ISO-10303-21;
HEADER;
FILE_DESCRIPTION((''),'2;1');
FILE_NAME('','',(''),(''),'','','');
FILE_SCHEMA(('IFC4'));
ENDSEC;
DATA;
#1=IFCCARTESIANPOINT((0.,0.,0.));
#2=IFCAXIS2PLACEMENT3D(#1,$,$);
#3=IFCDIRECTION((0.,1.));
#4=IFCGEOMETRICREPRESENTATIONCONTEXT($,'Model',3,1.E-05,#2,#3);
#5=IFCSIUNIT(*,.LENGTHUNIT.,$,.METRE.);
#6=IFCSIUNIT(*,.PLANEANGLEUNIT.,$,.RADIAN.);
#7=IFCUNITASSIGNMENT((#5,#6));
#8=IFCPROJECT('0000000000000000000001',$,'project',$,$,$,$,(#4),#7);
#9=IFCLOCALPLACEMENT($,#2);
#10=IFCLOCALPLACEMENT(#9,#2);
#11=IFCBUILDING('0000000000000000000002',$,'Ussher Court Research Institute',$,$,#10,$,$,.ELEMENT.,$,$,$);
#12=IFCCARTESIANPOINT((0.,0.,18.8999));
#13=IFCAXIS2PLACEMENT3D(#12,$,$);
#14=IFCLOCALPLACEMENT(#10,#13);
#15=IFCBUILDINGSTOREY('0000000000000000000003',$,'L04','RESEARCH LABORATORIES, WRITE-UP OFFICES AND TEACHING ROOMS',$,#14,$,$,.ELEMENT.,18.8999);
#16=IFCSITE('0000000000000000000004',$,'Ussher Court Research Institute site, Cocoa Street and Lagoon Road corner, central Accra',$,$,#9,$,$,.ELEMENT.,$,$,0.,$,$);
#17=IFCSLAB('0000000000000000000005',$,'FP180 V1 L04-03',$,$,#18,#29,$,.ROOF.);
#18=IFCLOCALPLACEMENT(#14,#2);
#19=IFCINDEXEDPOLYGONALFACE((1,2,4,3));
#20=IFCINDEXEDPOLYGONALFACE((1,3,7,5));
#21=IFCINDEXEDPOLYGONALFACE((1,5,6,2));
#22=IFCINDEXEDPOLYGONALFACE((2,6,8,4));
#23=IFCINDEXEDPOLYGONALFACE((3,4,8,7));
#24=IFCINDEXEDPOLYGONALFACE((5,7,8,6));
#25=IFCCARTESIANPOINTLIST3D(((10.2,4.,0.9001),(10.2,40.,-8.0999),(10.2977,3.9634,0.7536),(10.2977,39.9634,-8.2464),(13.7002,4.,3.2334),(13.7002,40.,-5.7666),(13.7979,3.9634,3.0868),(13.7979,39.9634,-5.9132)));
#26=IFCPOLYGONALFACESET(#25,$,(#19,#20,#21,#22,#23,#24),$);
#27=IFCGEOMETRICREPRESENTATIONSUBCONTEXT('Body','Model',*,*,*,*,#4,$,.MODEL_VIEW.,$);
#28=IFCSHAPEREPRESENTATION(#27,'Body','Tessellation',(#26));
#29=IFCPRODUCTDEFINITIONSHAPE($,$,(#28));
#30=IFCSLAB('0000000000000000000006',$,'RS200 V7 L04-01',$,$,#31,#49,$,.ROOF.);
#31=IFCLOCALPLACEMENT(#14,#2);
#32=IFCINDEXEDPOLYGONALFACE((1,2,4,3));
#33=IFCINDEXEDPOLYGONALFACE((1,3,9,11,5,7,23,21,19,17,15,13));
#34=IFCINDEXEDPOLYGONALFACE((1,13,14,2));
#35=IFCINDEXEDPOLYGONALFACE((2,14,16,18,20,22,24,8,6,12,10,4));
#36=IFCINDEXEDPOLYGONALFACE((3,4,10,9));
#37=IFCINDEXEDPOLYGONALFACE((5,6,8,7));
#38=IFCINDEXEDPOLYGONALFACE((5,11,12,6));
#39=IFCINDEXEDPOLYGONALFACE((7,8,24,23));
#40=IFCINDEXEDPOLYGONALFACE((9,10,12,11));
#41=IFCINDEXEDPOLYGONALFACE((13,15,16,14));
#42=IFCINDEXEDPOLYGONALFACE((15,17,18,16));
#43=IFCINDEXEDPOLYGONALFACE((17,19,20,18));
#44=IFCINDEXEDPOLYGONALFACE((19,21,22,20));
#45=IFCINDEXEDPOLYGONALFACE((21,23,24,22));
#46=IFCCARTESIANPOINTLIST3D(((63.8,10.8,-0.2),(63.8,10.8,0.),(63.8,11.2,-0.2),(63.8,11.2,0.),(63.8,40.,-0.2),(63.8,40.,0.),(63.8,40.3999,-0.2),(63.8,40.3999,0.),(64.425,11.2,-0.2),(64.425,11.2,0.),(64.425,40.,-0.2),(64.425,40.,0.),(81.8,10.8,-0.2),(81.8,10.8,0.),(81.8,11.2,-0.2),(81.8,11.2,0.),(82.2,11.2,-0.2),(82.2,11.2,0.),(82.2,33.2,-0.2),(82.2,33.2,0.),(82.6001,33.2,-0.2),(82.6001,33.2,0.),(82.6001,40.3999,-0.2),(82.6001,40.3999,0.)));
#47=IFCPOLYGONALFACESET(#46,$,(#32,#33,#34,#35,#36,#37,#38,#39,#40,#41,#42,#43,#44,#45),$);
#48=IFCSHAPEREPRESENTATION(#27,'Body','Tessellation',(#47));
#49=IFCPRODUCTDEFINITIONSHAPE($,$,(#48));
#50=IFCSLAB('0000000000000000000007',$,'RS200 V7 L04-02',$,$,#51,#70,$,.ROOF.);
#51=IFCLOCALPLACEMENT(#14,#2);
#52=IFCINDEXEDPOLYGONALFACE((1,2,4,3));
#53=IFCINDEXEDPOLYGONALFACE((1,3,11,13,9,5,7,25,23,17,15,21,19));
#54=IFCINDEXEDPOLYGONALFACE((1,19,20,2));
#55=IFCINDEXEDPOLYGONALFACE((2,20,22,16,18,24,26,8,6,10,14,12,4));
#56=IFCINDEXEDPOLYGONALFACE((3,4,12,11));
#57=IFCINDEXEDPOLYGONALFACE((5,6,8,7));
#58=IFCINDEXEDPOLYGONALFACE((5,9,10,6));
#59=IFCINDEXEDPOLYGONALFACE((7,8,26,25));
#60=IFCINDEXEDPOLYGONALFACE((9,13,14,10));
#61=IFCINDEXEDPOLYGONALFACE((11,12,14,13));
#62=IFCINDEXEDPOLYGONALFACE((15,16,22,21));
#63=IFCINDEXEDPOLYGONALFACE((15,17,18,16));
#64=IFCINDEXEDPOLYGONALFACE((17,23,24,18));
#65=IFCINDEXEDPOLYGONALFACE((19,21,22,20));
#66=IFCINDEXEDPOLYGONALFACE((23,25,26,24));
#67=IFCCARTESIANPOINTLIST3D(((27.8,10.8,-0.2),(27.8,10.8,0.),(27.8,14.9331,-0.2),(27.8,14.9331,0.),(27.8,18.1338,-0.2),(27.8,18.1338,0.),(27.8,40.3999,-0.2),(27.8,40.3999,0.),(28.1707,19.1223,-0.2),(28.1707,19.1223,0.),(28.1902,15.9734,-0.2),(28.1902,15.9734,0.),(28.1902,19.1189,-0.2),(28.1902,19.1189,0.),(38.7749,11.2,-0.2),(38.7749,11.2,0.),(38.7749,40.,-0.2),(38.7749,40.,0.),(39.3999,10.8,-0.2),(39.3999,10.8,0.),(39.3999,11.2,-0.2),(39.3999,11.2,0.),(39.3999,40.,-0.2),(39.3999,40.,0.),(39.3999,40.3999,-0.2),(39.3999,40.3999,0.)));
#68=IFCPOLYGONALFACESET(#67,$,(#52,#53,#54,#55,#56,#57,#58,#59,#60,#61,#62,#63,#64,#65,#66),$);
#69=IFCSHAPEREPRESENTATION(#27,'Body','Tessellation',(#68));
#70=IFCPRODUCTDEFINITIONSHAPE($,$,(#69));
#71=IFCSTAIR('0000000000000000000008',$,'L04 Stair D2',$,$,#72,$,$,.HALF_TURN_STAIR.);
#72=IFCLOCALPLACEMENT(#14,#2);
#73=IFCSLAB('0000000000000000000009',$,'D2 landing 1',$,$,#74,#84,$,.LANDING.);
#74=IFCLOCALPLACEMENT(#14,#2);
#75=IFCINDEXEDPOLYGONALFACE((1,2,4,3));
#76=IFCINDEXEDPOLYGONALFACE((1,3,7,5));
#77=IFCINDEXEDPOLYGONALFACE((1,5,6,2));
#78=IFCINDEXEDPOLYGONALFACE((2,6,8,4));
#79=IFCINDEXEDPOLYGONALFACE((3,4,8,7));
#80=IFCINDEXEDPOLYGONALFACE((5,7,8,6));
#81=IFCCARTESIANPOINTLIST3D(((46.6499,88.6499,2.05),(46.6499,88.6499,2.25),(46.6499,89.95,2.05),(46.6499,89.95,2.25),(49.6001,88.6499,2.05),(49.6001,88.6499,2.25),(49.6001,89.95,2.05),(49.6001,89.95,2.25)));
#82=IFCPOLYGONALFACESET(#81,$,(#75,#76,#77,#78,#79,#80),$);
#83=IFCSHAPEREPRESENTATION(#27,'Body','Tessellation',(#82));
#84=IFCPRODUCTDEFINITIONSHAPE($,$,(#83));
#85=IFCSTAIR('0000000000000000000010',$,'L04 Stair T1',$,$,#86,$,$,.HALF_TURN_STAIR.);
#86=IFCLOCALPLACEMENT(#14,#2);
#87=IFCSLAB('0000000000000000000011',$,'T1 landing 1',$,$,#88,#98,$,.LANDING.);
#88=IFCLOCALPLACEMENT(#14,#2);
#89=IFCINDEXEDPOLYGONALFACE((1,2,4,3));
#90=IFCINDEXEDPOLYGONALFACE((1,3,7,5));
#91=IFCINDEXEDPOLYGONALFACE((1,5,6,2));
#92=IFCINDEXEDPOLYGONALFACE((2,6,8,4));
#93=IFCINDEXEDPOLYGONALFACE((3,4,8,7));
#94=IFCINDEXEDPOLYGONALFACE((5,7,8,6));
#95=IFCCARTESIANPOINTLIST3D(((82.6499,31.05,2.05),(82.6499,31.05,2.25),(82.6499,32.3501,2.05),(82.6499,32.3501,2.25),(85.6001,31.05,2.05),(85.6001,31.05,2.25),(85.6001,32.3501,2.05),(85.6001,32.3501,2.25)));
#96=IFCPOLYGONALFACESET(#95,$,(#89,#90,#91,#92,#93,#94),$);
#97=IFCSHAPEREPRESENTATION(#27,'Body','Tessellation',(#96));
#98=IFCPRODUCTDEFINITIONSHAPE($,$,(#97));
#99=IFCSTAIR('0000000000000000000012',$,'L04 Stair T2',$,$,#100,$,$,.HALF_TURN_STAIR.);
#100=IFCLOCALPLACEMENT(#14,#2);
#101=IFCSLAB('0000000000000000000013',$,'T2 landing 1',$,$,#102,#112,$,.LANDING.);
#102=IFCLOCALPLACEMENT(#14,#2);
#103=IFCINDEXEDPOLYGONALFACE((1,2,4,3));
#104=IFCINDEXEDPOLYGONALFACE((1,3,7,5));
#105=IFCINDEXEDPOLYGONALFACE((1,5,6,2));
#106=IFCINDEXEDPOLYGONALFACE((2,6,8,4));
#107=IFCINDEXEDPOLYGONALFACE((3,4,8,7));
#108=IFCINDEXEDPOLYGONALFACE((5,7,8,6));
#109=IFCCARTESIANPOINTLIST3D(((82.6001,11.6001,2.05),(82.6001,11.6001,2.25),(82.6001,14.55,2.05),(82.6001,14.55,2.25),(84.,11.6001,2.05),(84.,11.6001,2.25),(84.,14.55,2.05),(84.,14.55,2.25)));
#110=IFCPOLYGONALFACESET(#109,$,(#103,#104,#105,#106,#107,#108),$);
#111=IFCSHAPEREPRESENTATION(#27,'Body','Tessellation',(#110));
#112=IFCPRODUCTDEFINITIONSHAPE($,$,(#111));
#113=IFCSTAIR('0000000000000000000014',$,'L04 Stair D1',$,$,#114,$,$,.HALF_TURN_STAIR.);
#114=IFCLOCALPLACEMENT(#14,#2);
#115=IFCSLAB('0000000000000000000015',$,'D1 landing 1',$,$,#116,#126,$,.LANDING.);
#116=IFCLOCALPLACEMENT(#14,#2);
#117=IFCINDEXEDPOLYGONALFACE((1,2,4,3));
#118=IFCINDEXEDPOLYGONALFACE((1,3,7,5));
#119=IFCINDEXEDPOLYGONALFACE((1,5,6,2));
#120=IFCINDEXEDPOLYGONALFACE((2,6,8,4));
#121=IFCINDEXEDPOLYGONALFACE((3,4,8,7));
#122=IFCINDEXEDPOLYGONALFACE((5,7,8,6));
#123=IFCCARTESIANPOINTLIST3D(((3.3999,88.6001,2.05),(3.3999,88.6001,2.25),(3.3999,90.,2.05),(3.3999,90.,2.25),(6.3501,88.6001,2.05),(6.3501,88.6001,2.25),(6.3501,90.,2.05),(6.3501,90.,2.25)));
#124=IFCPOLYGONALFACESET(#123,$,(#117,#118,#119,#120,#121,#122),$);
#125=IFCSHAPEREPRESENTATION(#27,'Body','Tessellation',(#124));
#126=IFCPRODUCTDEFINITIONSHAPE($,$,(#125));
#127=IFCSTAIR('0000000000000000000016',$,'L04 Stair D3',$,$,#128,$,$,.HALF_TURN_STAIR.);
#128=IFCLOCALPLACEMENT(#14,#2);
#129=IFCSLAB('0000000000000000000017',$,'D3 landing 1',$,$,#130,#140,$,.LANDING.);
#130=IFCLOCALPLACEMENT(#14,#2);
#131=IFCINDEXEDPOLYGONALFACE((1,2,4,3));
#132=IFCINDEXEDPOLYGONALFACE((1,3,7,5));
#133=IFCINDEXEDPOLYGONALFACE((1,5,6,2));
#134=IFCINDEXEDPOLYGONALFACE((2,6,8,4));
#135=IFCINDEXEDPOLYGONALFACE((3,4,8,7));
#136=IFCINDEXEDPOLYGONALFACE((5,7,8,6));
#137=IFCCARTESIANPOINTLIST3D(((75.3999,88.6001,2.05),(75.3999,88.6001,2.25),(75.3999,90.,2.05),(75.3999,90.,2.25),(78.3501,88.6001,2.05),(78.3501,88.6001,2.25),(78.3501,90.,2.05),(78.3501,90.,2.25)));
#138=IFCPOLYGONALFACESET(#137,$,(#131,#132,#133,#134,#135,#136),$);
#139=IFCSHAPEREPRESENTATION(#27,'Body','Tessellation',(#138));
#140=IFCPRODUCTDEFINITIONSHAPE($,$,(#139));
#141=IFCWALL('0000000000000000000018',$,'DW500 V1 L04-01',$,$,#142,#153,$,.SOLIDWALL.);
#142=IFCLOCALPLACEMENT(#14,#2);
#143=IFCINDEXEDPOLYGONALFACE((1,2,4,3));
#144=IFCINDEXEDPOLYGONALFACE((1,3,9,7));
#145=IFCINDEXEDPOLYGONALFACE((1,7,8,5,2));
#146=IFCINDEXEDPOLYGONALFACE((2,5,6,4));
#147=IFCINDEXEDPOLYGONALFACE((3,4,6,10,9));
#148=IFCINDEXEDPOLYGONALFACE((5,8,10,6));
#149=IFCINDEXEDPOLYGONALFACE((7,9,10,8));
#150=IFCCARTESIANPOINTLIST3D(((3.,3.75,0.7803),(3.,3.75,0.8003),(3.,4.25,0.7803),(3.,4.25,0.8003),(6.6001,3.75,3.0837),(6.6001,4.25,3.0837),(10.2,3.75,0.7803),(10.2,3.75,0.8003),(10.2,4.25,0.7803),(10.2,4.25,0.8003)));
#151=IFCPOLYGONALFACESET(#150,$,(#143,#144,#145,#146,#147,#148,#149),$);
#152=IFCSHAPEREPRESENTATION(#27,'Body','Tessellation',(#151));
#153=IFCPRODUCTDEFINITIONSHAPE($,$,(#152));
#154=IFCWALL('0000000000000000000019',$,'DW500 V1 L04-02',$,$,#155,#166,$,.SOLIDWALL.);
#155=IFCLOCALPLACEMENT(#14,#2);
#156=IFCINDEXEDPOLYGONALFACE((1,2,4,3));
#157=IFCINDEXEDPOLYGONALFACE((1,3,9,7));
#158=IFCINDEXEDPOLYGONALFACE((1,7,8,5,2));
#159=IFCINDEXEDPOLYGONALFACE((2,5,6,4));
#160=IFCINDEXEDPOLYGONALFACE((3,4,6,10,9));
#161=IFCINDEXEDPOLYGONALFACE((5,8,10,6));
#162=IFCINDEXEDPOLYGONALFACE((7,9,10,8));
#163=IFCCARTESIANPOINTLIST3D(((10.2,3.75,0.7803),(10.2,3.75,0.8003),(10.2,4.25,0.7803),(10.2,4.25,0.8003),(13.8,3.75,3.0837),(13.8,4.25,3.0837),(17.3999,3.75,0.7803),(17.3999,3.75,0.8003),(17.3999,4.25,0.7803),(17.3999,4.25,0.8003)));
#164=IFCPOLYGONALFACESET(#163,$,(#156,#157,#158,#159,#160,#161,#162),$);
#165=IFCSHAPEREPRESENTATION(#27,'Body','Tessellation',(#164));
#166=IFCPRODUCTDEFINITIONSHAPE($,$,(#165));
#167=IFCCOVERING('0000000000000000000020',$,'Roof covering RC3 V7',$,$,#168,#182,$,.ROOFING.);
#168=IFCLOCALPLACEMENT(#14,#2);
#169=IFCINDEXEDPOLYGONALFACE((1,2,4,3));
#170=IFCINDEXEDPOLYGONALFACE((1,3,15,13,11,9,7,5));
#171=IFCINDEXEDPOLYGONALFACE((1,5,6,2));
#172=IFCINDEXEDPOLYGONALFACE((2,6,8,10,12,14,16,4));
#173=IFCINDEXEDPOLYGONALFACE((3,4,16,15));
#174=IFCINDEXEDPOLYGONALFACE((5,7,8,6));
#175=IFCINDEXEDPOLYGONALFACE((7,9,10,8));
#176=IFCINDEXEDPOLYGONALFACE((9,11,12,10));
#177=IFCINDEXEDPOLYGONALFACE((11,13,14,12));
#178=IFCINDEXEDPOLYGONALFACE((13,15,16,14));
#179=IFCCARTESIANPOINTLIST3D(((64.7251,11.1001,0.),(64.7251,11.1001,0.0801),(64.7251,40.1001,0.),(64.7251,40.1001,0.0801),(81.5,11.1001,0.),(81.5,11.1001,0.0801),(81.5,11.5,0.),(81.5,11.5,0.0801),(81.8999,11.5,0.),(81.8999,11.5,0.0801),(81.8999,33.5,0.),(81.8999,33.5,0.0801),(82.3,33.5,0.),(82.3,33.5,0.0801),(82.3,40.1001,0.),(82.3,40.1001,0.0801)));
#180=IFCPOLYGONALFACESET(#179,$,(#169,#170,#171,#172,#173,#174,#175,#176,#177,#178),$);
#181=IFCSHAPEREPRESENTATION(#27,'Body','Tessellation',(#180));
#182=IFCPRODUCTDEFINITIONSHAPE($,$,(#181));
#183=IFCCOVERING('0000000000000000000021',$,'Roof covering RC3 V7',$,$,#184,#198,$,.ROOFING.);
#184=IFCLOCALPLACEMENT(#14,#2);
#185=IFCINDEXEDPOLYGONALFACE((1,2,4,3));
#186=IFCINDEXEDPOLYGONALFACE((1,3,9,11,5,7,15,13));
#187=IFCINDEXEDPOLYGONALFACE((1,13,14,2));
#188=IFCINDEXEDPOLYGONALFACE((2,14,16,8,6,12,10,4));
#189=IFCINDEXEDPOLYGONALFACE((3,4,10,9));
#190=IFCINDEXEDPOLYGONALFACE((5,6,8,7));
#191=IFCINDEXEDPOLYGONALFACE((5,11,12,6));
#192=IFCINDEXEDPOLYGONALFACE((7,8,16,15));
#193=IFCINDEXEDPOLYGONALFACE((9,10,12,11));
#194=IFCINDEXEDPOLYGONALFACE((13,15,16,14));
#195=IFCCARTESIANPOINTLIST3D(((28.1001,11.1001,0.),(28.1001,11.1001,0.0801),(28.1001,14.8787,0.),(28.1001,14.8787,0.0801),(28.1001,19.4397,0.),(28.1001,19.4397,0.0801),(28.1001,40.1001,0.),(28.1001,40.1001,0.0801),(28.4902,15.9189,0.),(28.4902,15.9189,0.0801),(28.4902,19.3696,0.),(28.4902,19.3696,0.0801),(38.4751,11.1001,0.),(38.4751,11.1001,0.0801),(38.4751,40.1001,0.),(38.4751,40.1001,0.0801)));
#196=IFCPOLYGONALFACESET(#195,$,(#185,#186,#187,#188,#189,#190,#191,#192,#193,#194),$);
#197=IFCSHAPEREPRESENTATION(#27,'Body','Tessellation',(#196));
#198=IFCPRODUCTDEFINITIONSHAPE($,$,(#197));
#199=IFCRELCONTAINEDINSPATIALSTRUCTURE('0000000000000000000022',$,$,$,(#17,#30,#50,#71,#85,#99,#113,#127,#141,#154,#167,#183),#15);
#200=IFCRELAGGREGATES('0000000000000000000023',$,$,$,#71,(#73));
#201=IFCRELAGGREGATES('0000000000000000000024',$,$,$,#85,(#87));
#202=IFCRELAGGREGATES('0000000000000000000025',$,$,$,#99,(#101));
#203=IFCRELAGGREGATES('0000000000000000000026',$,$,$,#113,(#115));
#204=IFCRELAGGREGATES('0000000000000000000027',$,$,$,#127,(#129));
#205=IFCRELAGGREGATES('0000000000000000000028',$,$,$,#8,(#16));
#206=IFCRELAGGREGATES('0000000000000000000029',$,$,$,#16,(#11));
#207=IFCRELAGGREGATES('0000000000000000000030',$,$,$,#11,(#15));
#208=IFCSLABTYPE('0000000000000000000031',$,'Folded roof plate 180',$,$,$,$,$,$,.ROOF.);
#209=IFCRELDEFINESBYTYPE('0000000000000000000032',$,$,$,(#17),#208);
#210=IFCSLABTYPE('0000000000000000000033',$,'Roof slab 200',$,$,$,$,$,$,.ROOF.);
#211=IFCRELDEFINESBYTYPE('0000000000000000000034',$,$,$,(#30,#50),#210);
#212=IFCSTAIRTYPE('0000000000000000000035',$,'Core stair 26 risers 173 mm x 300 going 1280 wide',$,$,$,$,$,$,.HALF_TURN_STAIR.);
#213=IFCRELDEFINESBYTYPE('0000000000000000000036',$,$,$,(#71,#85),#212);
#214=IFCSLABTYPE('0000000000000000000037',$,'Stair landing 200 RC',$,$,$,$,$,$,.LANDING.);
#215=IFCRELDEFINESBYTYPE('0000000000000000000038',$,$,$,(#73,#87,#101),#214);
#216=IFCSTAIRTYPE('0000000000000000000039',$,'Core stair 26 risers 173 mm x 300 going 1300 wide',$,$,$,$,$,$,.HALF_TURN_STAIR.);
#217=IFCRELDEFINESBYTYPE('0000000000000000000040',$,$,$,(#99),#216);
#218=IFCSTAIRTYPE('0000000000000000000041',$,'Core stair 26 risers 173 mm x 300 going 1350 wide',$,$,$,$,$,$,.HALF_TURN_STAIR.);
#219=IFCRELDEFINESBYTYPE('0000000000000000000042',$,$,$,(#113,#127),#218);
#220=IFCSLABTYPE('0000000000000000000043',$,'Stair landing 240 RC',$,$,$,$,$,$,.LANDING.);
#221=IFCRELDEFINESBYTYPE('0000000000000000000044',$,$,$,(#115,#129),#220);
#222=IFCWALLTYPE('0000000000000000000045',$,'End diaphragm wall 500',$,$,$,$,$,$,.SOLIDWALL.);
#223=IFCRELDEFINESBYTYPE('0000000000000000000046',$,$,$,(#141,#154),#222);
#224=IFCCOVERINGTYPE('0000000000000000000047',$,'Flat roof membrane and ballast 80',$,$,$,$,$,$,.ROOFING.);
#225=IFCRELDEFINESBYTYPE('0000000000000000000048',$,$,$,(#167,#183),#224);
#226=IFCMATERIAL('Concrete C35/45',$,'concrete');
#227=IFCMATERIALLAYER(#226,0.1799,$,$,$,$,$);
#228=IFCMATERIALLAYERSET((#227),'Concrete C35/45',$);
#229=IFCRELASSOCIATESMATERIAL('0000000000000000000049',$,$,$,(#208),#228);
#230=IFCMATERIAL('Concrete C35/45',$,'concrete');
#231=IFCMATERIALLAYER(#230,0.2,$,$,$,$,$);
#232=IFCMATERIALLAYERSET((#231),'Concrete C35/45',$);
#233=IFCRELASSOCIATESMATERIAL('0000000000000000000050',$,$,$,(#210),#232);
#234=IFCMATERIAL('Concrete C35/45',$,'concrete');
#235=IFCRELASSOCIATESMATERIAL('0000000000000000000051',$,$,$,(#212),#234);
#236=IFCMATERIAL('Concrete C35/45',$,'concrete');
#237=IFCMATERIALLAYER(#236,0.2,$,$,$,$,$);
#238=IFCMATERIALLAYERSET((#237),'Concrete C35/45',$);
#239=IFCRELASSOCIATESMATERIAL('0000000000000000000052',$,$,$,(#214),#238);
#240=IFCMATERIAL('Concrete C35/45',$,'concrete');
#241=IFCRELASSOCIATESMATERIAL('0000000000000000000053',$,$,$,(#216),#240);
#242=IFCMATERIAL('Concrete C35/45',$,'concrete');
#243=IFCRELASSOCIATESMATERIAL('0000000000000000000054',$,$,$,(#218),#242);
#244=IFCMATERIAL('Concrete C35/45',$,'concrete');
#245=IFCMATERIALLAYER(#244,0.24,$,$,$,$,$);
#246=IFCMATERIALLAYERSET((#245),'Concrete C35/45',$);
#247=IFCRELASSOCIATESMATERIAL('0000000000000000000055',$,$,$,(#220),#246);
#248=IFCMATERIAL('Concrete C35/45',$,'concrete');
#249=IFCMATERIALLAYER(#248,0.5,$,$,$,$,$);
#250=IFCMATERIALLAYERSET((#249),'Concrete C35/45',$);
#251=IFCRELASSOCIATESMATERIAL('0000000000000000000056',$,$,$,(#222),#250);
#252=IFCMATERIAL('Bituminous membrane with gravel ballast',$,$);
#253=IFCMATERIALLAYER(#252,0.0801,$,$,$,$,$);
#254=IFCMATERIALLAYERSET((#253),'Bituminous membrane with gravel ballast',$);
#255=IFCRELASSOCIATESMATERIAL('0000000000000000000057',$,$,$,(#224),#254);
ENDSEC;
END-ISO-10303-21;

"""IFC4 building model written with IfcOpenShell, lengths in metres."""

from ifc_helpers import new_model, si_unit, direction, frame, origin, place, context, subcontext, project, spatial, polyline, outline, extrude, material, layer, layer_set, type_object, element, aggregate, save


model = new_model("IFC4")

# Units and contexts
model_context = context("Model", 3, precision=1e-05, world=origin(), true_north=direction((0.0, 1.0)))
body_context = subcontext(model_context, "Body", "Model", "MODEL_VIEW")
ifc_project = project(units=[si_unit("LENGTHUNIT", "METRE"), si_unit("PLANEANGLEUNIT", "RADIAN")], contexts=[model_context])

# Site, building, storey
site_placement = place(None, origin())
site = spatial("IfcSite", under=ifc_project, at=site_placement, Name="Ussher Court Research Institute site, Cocoa Street and Lagoon Road corner, central Accra", CompositionType="ELEMENT", RefElevation=0.0)
building_placement = place(site_placement, origin())
building = spatial("IfcBuilding", under=site, at=building_placement, Name="Ussher Court Research Institute", CompositionType="ELEMENT")
storey_placement = place(building_placement, frame((0.0, 0.0, 18.8999)))
storey = spatial("IfcBuildingStorey", under=building, at=storey_placement, Name="L04", Description="RESEARCH LABORATORIES, WRITE-UP OFFICES AND TEACHING ROOMS", CompositionType="ELEMENT", Elevation=18.8999)

# Slabs
ifc_material_1 = material(Name="Concrete C35/45", Category="concrete")
ifc_layer_1 = layer(ifc_material_1, 0.1799)
ifc_layer_set_1 = layer_set([ifc_layer_1], Name="Concrete C35/45")
slab_type_1 = type_object("IfcSlabType", Name="Folded roof plate 180", PredefinedType="ROOF", material=ifc_layer_set_1)
slab_1_placement = place(storey_placement, frame((10.2, 4.0, 0.9001), z_axis=(-0.543035, 0.20366, 0.814638), x_axis=(0.0, 0.970143, -0.242536)))
element("IfcSlab", 1, at=slab_1_placement, inside=storey, type_object=slab_type_1, Name="FP180 V1 L04-03", PredefinedType="ROOF", context=body_context, shape_type="SweptSolid", body=[
    extrude(outline(polyline([(0.0, 0.0), (37.108, 0.0), (36.5421, -4.1684), (-0.5659, -4.1684), (0.0, 0.0)])), origin(), (0.0, 0.0, -1.0), 0.1799),
])
ifc_material_2 = material(Name="Concrete C35/45", Category="concrete")
ifc_layer_2 = layer(ifc_material_2, 0.2)
ifc_layer_set_2 = layer_set([ifc_layer_2], Name="Concrete C35/45")
slab_type_2 = type_object("IfcSlabType", Name="Roof slab 200", PredefinedType="ROOF", material=ifc_layer_set_2)
slab_2_placement = place(storey_placement, frame((0.0, 0.0, -0.2)))
element("IfcSlab", 2, at=slab_2_placement, inside=storey, type_object=slab_type_2, Name="RS200 V7 L04-01", PredefinedType="ROOF", context=body_context, shape_type="SweptSolid", body=[
    extrude(outline(polyline([(64.425, 40.0), (64.425, 11.2), (63.8, 11.2), (63.8, 10.8), (81.8, 10.8), (81.8, 11.2), (82.2, 11.2), (82.2, 33.2), (82.6001, 33.2), (82.6001, 40.3999), (63.8, 40.3999), (63.8, 40.0), (64.425, 40.0)])), origin(), (0.0, 0.0, 1.0), 0.2),
])
slab_3_placement = place(storey_placement, frame((0.0, 0.0, -0.2)))
element("IfcSlab", 3, at=slab_3_placement, inside=storey, type_object=slab_type_2, Name="RS200 V7 L04-02", PredefinedType="ROOF", context=body_context, shape_type="SweptSolid", body=[
    extrude(outline(polyline([(38.7749, 40.0), (39.3999, 40.0), (39.3999, 40.3999), (27.8, 40.3999), (27.8, 18.1338), (28.1707, 19.1223), (28.1902, 19.1189), (28.1902, 15.9734), (27.8, 14.9331), (27.8, 10.8), (39.3999, 10.8), (39.3999, 11.2), (38.7749, 11.2), (38.7749, 40.0)])), origin(), (0.0, 0.0, 1.0), 0.2),
])

# Stairs, slabs
ifc_material_3 = material(Name="Concrete C35/45", Category="concrete")
stair_type_1 = type_object("IfcStairType", Name="Core stair 26 risers 173 mm x 300 going 1280 wide", PredefinedType="HALF_TURN_STAIR", material=ifc_material_3)
stair_1_placement = place(storey_placement, origin())
stair_1 = element("IfcStair", 4, at=stair_1_placement, inside=storey, type_object=stair_type_1, Name="L04 Stair D2", PredefinedType="HALF_TURN_STAIR")
ifc_material_4 = material(Name="Concrete C35/45", Category="concrete")
ifc_layer_3 = layer(ifc_material_4, 0.2)
ifc_layer_set_3 = layer_set([ifc_layer_3], Name="Concrete C35/45")
slab_type_3 = type_object("IfcSlabType", Name="Stair landing 200 RC", PredefinedType="LANDING", material=ifc_layer_set_3)
slab_4_placement = place(storey_placement, frame((0.0, 0.0, 2.05)))
slab_4 = element("IfcSlab", 5, at=slab_4_placement, type_object=slab_type_3, Name="D2 landing 1", PredefinedType="LANDING", context=body_context, shape_type="SweptSolid", body=[
    extrude(outline(polyline([(49.6001, 88.6499), (49.6001, 89.95), (46.6499, 89.95), (46.6499, 88.6499), (49.6001, 88.6499)])), origin(), (0.0, 0.0, 1.0), 0.2),
])
aggregate(stair_1, [slab_4])
stair_2_placement = place(storey_placement, origin())
stair_2 = element("IfcStair", 6, at=stair_2_placement, inside=storey, type_object=stair_type_1, Name="L04 Stair T1", PredefinedType="HALF_TURN_STAIR")
slab_5_placement = place(storey_placement, frame((0.0, 0.0, 2.05)))
slab_5 = element("IfcSlab", 7, at=slab_5_placement, type_object=slab_type_3, Name="T1 landing 1", PredefinedType="LANDING", context=body_context, shape_type="SweptSolid", body=[
    extrude(outline(polyline([(85.6001, 31.05), (85.6001, 32.3501), (82.6499, 32.3501), (82.6499, 31.05), (85.6001, 31.05)])), origin(), (0.0, 0.0, 1.0), 0.2),
])
aggregate(stair_2, [slab_5])
ifc_material_5 = material(Name="Concrete C35/45", Category="concrete")
stair_type_2 = type_object("IfcStairType", Name="Core stair 26 risers 173 mm x 300 going 1300 wide", PredefinedType="HALF_TURN_STAIR", material=ifc_material_5)
stair_3_placement = place(storey_placement, origin())
stair_3 = element("IfcStair", 8, at=stair_3_placement, inside=storey, type_object=stair_type_2, Name="L04 Stair T2", PredefinedType="HALF_TURN_STAIR")
slab_6_placement = place(storey_placement, frame((0.0, 0.0, 2.05)))
slab_6 = element("IfcSlab", 9, at=slab_6_placement, type_object=slab_type_3, Name="T2 landing 1", PredefinedType="LANDING", context=body_context, shape_type="SweptSolid", body=[
    extrude(outline(polyline([(84.0, 14.55), (82.6001, 14.55), (82.6001, 11.6001), (84.0, 11.6001), (84.0, 14.55)])), origin(), (0.0, 0.0, 1.0), 0.2),
])
aggregate(stair_3, [slab_6])
ifc_material_6 = material(Name="Concrete C35/45", Category="concrete")
stair_type_3 = type_object("IfcStairType", Name="Core stair 26 risers 173 mm x 300 going 1350 wide", PredefinedType="HALF_TURN_STAIR", material=ifc_material_6)
stair_4_placement = place(storey_placement, origin())
stair_4 = element("IfcStair", 10, at=stair_4_placement, inside=storey, type_object=stair_type_3, Name="L04 Stair D1", PredefinedType="HALF_TURN_STAIR")
ifc_material_7 = material(Name="Concrete C35/45", Category="concrete")
ifc_layer_4 = layer(ifc_material_7, 0.24)
ifc_layer_set_4 = layer_set([ifc_layer_4], Name="Concrete C35/45")
slab_type_4 = type_object("IfcSlabType", Name="Stair landing 240 RC", PredefinedType="LANDING", material=ifc_layer_set_4)
slab_7_placement = place(storey_placement, frame((0.0, 0.0, 2.05)))
slab_7 = element("IfcSlab", 11, at=slab_7_placement, type_object=slab_type_4, Name="D1 landing 1", PredefinedType="LANDING", context=body_context, shape_type="SweptSolid", body=[
    extrude(outline(polyline([(6.3501, 88.6001), (6.3501, 90.0), (3.3999, 90.0), (3.3999, 88.6001), (6.3501, 88.6001)])), origin(), (0.0, 0.0, 1.0), 0.2),
])
aggregate(stair_4, [slab_7])
stair_5_placement = place(storey_placement, origin())
stair_5 = element("IfcStair", 12, at=stair_5_placement, inside=storey, type_object=stair_type_3, Name="L04 Stair D3", PredefinedType="HALF_TURN_STAIR")
slab_8_placement = place(storey_placement, frame((0.0, 0.0, 2.05)))
slab_8 = element("IfcSlab", 13, at=slab_8_placement, type_object=slab_type_4, Name="D3 landing 1", PredefinedType="LANDING", context=body_context, shape_type="SweptSolid", body=[
    extrude(outline(polyline([(78.3501, 88.6001), (78.3501, 90.0), (75.3999, 90.0), (75.3999, 88.6001), (78.3501, 88.6001)])), origin(), (0.0, 0.0, 1.0), 0.2),
])
aggregate(stair_5, [slab_8])

# Walls
ifc_material_8 = material(Name="Concrete C35/45", Category="concrete")
ifc_layer_5 = layer(ifc_material_8, 0.5)
ifc_layer_set_5 = layer_set([ifc_layer_5], Name="Concrete C35/45")
wall_type = type_object("IfcWallType", Name="End diaphragm wall 500", PredefinedType="SOLIDWALL", material=ifc_layer_set_5)
for number, where, z_axis, x_axis, name in (
    (14, (3.0, 4.0, 0.7803), (0.0, 0.0, 1.0), (1.0, 0.0, 0.0), "DW500 V1 L04-01"),
    (15, (10.2, 4.0, 0.7803), (0.0, 0.0, 1.0), (1.0, 0.0, 0.0), "DW500 V1 L04-02"),
):
    element("IfcWall", number, at=place(storey_placement, frame(where, z_axis=z_axis, x_axis=x_axis)), inside=storey, type_object=wall_type, Name=name, PredefinedType="SOLIDWALL", context=body_context, shape_type="SweptSolid", body=[
        extrude(outline(polyline([(0.0, 0.0), (7.2, 0.0), (7.2, 0.02), (3.6001, 2.3035), (0.0, 0.02), (0.0, 0.0)])), frame((0.0, 0.25, 0.0), z_axis=(0.0, -1.0, 0.0), x_axis=(1.0, 0.0, 0.0)), (0.0, 0.0, 1.0), 0.5),
    ])

# Coverings
ifc_material_9 = material(Name="Bituminous membrane with gravel ballast")
ifc_layer_6 = layer(ifc_material_9, 0.0801)
ifc_layer_set_6 = layer_set([ifc_layer_6], Name="Bituminous membrane with gravel ballast")
covering_type_1 = type_object("IfcCoveringType", Name="Flat roof membrane and ballast 80", PredefinedType="ROOFING", material=ifc_layer_set_6)
covering_1_placement = place(storey_placement, origin())
element("IfcCovering", 16, at=covering_1_placement, inside=storey, type_object=covering_type_1, Name="Roof covering RC3 V7", PredefinedType="ROOFING", context=body_context, shape_type="SweptSolid", body=[
    extrude(outline(polyline([(64.7251, 11.1001), (64.7251, 40.1001), (82.3, 40.1001), (82.3, 33.5), (81.8999, 33.5), (81.8999, 11.5), (81.5, 11.5), (81.5, 11.1001), (64.7251, 11.1001)])), origin(), (0.0, 0.0, 1.0), 0.0801),
])
covering_2_placement = place(storey_placement, origin())
element("IfcCovering", 17, at=covering_2_placement, inside=storey, type_object=covering_type_1, Name="Roof covering RC3 V7", PredefinedType="ROOFING", context=body_context, shape_type="SweptSolid", body=[
    extrude(outline(polyline([(28.1001, 19.4397), (28.1001, 40.1001), (38.4751, 40.1001), (38.4751, 11.1001), (28.1001, 11.1001), (28.1001, 14.8787), (28.4902, 15.9189), (28.4902, 19.3696), (28.1001, 19.4397)])), origin(), (0.0, 0.0, 1.0), 0.0801),
])

save(model, "model.ifc")
